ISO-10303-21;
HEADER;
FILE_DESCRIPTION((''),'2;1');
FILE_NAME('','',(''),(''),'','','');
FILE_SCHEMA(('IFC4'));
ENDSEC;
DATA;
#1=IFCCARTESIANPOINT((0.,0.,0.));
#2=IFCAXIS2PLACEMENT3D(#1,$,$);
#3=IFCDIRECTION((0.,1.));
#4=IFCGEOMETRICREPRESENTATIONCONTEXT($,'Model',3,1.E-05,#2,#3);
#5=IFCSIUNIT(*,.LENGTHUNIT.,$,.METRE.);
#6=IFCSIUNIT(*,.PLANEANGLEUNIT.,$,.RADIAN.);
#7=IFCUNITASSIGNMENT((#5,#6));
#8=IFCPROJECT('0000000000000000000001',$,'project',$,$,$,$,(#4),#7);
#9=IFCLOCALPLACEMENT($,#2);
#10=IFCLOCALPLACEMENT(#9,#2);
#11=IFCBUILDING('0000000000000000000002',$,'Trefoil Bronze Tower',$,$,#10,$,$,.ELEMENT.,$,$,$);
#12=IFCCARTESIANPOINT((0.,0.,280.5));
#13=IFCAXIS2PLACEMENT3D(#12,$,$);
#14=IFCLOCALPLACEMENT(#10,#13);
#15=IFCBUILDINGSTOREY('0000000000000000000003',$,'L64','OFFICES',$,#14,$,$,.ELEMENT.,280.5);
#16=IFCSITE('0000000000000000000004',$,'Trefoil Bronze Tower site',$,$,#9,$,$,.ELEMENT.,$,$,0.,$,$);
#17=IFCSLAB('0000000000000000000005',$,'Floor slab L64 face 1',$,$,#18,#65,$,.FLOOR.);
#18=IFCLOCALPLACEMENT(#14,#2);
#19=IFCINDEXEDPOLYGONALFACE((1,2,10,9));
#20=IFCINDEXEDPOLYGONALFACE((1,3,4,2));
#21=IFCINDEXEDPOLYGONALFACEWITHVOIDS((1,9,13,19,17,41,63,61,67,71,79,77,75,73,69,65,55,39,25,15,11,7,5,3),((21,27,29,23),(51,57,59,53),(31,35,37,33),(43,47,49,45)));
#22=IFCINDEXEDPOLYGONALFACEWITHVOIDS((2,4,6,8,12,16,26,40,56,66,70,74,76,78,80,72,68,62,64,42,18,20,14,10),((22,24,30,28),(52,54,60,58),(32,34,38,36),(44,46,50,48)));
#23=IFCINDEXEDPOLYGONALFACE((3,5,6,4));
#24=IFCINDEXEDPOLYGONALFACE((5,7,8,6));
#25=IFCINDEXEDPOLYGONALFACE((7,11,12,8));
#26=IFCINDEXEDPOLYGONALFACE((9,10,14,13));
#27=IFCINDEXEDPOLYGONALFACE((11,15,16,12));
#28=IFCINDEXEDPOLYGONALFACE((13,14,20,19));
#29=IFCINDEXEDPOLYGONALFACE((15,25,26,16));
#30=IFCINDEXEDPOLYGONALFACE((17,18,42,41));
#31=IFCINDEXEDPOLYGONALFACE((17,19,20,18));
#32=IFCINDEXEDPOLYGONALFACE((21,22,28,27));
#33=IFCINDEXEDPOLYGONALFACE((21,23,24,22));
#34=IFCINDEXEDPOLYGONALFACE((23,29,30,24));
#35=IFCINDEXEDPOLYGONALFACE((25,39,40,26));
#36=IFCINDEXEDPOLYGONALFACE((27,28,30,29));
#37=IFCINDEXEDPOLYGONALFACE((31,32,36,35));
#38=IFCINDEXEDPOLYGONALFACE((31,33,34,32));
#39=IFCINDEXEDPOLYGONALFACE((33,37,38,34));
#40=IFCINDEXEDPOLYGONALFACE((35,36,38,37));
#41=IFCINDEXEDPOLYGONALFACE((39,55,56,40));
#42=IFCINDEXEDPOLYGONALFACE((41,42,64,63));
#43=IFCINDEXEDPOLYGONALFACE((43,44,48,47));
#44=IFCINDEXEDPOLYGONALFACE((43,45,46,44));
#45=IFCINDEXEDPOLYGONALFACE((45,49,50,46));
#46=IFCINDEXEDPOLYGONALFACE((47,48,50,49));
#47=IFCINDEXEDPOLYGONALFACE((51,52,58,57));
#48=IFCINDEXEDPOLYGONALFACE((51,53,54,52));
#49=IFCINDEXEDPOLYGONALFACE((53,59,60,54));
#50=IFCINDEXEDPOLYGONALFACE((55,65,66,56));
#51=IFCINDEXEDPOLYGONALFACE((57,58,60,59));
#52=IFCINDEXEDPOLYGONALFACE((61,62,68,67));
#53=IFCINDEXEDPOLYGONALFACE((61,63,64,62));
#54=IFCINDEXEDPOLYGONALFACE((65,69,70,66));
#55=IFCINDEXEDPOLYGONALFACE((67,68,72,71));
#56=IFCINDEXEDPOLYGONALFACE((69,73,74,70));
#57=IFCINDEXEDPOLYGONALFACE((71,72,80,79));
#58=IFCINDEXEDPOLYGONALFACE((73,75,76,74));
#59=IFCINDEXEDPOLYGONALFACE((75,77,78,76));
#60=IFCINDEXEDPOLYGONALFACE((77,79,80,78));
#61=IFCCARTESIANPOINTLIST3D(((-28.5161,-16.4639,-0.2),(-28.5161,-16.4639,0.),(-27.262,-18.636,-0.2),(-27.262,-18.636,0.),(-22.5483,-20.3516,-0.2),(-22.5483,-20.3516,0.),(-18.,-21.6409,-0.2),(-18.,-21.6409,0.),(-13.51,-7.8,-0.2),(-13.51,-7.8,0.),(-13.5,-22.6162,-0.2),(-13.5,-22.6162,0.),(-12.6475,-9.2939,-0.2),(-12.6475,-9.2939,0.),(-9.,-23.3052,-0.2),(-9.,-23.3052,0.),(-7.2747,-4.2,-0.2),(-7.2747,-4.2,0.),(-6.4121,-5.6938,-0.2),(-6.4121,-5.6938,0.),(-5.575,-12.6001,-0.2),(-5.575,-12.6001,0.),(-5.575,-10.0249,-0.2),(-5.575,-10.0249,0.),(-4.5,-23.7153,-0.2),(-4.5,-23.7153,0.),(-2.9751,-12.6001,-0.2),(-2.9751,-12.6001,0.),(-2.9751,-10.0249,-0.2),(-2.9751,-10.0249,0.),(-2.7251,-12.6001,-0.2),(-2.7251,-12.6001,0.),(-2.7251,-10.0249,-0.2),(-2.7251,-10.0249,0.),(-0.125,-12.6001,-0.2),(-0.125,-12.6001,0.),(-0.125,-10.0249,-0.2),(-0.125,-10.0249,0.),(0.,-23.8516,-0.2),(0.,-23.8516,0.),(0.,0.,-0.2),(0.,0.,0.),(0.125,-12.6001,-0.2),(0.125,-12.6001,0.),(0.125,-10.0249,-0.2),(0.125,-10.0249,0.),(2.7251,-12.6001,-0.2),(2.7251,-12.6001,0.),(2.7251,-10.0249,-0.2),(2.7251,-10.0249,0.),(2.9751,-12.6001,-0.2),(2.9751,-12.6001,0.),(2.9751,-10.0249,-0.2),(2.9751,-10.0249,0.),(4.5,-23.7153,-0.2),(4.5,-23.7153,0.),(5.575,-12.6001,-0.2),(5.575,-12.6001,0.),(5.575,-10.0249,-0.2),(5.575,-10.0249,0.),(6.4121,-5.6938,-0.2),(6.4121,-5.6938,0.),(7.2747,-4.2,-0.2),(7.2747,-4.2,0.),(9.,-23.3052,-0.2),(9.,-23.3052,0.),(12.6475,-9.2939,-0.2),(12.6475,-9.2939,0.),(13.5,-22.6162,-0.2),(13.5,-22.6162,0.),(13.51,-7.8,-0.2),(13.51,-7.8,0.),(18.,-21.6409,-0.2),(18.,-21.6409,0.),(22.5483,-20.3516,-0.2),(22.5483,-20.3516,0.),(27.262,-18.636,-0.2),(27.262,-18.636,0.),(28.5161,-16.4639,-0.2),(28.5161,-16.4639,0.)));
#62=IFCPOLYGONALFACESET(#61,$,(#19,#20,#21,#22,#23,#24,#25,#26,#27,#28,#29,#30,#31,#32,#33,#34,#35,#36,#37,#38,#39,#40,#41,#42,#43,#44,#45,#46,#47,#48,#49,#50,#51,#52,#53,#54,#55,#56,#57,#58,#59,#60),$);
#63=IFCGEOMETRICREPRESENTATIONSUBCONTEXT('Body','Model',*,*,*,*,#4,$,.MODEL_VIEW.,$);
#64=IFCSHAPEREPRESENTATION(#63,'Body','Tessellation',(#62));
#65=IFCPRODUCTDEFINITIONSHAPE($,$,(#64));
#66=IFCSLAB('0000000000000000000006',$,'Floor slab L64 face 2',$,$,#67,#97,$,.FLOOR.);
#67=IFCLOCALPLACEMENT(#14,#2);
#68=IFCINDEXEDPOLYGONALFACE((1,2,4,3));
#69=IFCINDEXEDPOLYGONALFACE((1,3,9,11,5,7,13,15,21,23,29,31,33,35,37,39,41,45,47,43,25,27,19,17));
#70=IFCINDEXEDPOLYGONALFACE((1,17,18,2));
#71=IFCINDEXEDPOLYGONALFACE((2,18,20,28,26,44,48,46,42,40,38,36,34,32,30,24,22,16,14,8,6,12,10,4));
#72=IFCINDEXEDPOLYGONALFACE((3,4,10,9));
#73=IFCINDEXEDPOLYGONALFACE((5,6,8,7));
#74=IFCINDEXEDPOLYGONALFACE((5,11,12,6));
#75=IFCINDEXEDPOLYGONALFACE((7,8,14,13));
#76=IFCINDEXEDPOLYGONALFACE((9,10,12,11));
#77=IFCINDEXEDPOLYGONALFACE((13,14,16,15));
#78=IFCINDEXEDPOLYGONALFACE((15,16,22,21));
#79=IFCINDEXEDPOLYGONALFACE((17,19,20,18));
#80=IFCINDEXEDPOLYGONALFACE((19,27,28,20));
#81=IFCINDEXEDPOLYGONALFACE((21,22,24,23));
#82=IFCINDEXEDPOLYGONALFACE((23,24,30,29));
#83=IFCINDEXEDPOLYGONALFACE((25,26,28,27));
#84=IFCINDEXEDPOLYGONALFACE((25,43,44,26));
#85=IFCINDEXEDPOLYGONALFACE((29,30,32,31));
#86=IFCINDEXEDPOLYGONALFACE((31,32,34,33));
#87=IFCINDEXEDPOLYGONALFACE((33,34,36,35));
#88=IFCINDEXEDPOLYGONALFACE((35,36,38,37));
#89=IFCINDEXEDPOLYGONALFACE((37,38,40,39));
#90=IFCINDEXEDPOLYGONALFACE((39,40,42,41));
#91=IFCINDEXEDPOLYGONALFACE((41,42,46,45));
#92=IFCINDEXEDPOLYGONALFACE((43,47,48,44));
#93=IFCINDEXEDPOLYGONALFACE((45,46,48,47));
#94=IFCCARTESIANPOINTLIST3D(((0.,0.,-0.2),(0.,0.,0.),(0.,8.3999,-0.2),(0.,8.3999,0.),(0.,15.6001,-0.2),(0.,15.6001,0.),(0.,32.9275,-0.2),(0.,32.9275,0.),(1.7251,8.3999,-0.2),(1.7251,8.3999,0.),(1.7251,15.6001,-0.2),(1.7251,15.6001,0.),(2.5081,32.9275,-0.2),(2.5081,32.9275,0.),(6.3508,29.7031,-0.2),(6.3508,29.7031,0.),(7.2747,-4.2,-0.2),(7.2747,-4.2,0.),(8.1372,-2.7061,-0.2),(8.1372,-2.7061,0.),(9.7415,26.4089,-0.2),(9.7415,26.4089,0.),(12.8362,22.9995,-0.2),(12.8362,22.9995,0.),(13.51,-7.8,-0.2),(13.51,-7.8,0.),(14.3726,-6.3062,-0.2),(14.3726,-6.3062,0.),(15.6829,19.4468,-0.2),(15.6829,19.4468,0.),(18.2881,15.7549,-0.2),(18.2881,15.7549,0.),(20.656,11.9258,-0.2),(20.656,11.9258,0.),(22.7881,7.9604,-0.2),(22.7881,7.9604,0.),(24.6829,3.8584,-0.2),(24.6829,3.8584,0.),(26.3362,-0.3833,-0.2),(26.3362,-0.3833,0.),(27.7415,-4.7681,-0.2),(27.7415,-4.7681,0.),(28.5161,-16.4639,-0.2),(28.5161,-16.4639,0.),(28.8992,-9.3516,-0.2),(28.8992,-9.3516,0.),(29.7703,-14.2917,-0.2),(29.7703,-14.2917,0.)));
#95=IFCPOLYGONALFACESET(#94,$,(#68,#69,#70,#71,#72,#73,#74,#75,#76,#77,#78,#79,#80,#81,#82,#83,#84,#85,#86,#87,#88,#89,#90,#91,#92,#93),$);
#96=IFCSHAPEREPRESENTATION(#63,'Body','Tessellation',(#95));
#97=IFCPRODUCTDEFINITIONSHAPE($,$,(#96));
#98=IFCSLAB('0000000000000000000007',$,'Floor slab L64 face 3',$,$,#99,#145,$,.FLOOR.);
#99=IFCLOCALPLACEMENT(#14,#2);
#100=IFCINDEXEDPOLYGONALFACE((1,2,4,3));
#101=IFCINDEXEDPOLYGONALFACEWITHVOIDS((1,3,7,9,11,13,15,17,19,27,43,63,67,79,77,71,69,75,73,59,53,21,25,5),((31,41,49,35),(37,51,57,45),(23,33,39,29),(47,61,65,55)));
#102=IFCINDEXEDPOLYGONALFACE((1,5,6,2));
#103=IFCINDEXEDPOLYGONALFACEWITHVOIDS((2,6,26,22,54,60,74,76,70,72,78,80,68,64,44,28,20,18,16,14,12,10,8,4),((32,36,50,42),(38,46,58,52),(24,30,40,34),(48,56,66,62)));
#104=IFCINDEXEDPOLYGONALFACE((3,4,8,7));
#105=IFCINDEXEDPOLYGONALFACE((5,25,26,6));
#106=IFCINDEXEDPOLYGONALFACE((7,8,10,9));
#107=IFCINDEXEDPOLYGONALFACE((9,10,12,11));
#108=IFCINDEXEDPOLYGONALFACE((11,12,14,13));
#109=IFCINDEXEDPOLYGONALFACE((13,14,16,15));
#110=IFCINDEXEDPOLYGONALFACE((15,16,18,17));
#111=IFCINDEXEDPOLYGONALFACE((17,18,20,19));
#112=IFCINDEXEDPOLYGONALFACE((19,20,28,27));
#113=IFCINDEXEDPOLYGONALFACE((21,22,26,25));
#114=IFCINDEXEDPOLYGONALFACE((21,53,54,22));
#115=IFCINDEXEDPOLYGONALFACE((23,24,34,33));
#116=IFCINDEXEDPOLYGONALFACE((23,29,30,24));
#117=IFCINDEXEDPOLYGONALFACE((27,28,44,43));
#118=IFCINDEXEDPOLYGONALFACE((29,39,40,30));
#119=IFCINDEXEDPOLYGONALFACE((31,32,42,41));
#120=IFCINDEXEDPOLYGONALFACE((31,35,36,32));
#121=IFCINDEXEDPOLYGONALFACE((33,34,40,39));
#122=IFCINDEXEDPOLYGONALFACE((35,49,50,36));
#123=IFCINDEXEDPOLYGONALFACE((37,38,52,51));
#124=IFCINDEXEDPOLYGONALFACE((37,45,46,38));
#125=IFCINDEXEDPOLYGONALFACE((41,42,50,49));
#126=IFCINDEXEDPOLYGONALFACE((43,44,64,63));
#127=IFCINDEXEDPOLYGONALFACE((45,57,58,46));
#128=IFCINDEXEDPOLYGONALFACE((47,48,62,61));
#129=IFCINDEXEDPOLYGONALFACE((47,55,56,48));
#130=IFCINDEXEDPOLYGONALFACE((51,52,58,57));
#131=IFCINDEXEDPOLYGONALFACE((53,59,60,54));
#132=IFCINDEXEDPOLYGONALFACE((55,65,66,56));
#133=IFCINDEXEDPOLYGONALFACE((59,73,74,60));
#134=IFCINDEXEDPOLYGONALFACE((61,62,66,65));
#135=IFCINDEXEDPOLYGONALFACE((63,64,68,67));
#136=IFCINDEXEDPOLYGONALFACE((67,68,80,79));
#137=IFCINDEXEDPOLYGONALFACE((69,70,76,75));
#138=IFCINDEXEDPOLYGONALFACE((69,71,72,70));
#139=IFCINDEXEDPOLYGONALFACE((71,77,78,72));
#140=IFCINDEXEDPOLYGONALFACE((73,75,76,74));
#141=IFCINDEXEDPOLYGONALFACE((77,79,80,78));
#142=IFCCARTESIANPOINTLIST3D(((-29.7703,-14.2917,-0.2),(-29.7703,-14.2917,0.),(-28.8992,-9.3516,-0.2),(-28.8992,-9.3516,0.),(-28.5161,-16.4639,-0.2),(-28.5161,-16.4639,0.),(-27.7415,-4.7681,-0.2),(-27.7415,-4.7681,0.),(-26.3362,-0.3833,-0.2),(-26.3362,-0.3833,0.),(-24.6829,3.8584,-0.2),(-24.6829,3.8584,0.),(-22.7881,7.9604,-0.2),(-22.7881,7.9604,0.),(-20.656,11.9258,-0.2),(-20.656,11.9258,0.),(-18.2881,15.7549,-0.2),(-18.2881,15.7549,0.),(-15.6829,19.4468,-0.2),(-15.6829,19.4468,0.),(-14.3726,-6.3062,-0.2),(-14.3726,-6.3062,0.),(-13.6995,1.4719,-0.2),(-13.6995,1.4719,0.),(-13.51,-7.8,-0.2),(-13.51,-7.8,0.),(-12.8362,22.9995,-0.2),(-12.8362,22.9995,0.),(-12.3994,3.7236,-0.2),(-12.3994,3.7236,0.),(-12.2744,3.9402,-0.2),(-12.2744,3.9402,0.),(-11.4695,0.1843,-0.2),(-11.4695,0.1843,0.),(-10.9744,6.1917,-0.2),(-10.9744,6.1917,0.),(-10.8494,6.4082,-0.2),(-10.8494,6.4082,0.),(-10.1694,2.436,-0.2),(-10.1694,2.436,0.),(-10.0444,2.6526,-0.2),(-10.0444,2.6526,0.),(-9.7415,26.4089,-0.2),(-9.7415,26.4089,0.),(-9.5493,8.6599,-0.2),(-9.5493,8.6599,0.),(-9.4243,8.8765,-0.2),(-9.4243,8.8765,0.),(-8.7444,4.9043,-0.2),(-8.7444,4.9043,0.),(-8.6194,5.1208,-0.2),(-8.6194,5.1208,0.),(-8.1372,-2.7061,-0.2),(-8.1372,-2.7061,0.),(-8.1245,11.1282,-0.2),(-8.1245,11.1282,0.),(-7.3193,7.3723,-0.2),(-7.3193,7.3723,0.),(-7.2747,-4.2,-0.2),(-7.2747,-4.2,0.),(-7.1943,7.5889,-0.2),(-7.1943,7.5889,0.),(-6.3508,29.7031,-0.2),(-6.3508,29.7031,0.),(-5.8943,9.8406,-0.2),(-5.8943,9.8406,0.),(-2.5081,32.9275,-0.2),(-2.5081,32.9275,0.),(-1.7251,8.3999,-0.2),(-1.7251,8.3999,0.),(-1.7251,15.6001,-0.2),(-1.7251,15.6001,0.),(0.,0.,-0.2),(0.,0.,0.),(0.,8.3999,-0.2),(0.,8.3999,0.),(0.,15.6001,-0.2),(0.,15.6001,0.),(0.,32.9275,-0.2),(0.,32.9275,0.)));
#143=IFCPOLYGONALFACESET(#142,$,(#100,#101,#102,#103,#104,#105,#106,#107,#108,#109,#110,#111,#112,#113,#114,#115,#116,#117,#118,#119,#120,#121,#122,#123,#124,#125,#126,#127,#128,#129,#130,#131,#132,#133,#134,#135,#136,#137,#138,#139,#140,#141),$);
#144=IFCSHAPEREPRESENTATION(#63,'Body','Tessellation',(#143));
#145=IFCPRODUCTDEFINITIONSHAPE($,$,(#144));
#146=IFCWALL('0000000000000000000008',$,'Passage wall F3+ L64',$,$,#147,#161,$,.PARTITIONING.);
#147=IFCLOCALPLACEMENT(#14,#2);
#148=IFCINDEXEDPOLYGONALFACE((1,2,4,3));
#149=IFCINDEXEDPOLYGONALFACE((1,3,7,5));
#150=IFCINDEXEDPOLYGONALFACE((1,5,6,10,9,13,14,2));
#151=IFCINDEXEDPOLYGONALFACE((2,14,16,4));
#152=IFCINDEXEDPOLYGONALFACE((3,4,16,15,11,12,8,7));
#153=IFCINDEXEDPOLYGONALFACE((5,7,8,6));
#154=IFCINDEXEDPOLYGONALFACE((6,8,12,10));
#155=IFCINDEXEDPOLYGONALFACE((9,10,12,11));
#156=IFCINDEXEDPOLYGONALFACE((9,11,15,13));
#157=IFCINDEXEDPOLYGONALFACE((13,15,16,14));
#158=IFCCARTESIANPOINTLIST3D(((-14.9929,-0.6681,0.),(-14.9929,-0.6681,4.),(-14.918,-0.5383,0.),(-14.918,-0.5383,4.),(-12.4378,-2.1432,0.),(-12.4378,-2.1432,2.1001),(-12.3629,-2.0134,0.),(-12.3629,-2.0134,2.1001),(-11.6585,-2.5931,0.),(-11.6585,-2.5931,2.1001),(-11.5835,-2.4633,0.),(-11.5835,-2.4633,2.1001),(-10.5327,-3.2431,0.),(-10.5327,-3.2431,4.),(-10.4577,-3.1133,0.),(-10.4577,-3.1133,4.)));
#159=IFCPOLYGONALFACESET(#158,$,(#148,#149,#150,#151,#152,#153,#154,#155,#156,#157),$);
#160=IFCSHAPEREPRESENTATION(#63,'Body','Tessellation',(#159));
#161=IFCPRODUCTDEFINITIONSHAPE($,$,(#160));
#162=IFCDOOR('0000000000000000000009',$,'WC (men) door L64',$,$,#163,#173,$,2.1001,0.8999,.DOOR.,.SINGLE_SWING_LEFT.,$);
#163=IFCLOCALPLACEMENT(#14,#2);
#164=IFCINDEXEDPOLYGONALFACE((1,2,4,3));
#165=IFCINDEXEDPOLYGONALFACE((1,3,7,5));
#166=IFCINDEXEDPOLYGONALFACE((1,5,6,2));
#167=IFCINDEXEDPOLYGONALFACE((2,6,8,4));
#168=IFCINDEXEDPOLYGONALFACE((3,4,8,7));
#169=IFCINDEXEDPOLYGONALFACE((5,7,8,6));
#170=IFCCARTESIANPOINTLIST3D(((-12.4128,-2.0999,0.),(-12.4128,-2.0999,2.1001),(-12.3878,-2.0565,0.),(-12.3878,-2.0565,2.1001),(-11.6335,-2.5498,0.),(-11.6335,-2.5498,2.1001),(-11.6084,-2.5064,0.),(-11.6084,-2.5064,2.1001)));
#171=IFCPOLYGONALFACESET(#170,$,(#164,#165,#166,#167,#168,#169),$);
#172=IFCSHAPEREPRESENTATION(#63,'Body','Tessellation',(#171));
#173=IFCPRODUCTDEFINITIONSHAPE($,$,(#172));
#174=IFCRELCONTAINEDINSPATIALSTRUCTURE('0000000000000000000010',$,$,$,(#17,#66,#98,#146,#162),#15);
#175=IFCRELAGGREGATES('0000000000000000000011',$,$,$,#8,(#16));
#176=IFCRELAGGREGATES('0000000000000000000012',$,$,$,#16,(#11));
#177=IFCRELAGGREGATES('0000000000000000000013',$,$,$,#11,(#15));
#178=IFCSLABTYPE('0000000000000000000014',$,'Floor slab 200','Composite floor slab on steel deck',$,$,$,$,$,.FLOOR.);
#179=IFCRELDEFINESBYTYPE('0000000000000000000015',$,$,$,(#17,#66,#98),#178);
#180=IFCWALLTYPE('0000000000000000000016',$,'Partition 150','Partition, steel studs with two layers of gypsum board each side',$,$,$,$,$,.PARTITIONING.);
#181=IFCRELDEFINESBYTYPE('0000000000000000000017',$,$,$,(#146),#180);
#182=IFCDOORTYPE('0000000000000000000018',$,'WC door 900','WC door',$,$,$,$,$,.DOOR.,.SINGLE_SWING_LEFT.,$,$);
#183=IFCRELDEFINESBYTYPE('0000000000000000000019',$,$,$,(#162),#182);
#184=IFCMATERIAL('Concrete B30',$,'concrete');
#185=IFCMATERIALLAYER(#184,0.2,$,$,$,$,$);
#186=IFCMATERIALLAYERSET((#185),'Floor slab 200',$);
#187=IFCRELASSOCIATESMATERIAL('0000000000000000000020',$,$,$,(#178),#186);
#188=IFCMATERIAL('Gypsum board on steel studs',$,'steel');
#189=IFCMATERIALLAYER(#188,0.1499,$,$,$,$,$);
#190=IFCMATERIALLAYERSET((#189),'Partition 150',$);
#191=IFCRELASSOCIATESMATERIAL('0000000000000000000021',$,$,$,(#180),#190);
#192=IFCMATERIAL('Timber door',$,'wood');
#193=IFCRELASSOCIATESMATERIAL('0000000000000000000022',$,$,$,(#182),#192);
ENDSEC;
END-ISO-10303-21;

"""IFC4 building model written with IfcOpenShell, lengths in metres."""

from ifc_helpers import new_model, si_unit, direction, frame, frame_2d, origin, place, context, subcontext, project, spatial, polyline, rectangle, outline, extrude, material, layer, layer_set, type_object, element, fill, save


model = new_model("IFC4")

# Units and contexts
model_context = context("Model", 3, precision=1e-05, world=origin(), true_north=direction((0.0, 1.0)))
body_context = subcontext(model_context, "Body", "Model", "MODEL_VIEW")
ifc_project = project(units=[si_unit("LENGTHUNIT", "METRE"), si_unit("PLANEANGLEUNIT", "RADIAN")], contexts=[model_context])

# Site, building, storey
site_placement = place(None, origin())
site = spatial("IfcSite", under=ifc_project, at=site_placement, Name="Trefoil Bronze Tower site", CompositionType="ELEMENT", RefElevation=0.0)
building_placement = place(site_placement, origin())
building = spatial("IfcBuilding", under=site, at=building_placement, Name="Trefoil Bronze Tower", CompositionType="ELEMENT")
storey_placement = place(building_placement, frame((0.0, 0.0, 280.5)))
storey = spatial("IfcBuildingStorey", under=building, at=storey_placement, Name="L64", Description="OFFICES", CompositionType="ELEMENT", Elevation=280.5)

# Slabs
ifc_material_1 = material(Name="Concrete B30", Category="concrete")
ifc_layer_1 = layer(ifc_material_1, 0.2)
ifc_layer_set_1 = layer_set([ifc_layer_1], Name="Floor slab 200")
slab_type = type_object("IfcSlabType", Name="Floor slab 200", Description="Composite floor slab on steel deck", PredefinedType="FLOOR", material=ifc_layer_set_1)
slab_1_placement = place(storey_placement, frame((0.0, 0.0, -0.2)))
element("IfcSlab", 1, at=slab_1_placement, inside=storey, type_object=slab_type, Name="Floor slab L64 face 1", PredefinedType="FLOOR", context=body_context, shape_type="SweptSolid", body=[
    extrude(outline(polyline([(13.5, -22.6162), (9.0, -23.3052), (4.5, -23.7153), (0.0, -23.8516), (-4.5, -23.7153), (-9.0, -23.3052), (-13.5, -22.6162), (-18.0, -21.6409), (-22.5483, -20.3516), (-27.262, -18.636), (-28.5161, -16.4639), (-13.51, -7.8), (-12.6475, -9.2939), (-6.4121, -5.6938), (-7.2747, -4.2), (0.0, 0.0), (7.2747, -4.2), (6.4121, -5.6938), (12.6475, -9.2939), (13.51, -7.8), (28.5161, -16.4639), (27.262, -18.636), (22.5483, -20.3516), (18.0, -21.6409), (13.5, -22.6162)]), holes=[polyline([(-5.575, -10.0249), (-2.9751, -10.0249), (-2.9751, -12.6001), (-5.575, -12.6001), (-5.575, -10.0249)]), polyline([(-2.7251, -10.0249), (-0.125, -10.0249), (-0.125, -12.6001), (-2.7251, -12.6001), (-2.7251, -10.0249)]), polyline([(0.125, -10.0249), (2.7251, -10.0249), (2.7251, -12.6001), (0.125, -12.6001), (0.125, -10.0249)]), polyline([(2.9751, -10.0249), (5.575, -10.0249), (5.575, -12.6001), (2.9751, -12.6001), (2.9751, -10.0249)])]), origin(), (0.0, 0.0, 1.0), 0.2),
])
slab_2_placement = place(storey_placement, frame((0.0, 0.0, -0.2)))
element("IfcSlab", 2, at=slab_2_placement, inside=storey, type_object=slab_type, Name="Floor slab L64 face 2", PredefinedType="FLOOR", context=body_context, shape_type="SweptSolid", body=[
    extrude(outline(polyline([(12.8362, 22.9995), (15.6829, 19.4468), (18.2881, 15.7549), (20.656, 11.9258), (22.7881, 7.9604), (24.6829, 3.8584), (26.3362, -0.3833), (27.7415, -4.7681), (28.8992, -9.3516), (29.7703, -14.2917), (28.5161, -16.4639), (13.51, -7.8), (14.3726, -6.3062), (8.1372, -2.7061), (7.2747, -4.2), (0.0, 0.0), (0.0, 8.3999), (1.7251, 8.3999), (1.7251, 15.6001), (0.0, 15.6001), (0.0, 32.9275), (2.5081, 32.9275), (6.3508, 29.7031), (9.7415, 26.4089), (12.8362, 22.9995)])), origin(), (0.0, 0.0, 1.0), 0.2),
])
slab_3_placement = place(storey_placement, frame((0.0, 0.0, -0.2)))
element("IfcSlab", 3, at=slab_3_placement, inside=storey, type_object=slab_type, Name="Floor slab L64 face 3", PredefinedType="FLOOR", context=body_context, shape_type="SweptSolid", body=[
    extrude(outline(polyline([(-26.3362, -0.3833), (-24.6829, 3.8584), (-22.7881, 7.9604), (-20.656, 11.9258), (-18.2881, 15.7549), (-15.6829, 19.4468), (-12.8362, 22.9995), (-9.7415, 26.4089), (-6.3508, 29.7031), (-2.5081, 32.9275), (0.0, 32.9275), (0.0, 15.6001), (-1.7251, 15.6001), (-1.7251, 8.3999), (0.0, 8.3999), (0.0, 0.0), (-7.2747, -4.2), (-8.1372, -2.7061), (-14.3726, -6.3062), (-13.51, -7.8), (-28.5161, -16.4639), (-29.7703, -14.2917), (-28.8992, -9.3516), (-27.7415, -4.7681), (-26.3362, -0.3833)]), holes=[polyline([(-5.8943, 9.8406), (-7.1943, 7.5889), (-9.4243, 8.8765), (-8.1245, 11.1282), (-5.8943, 9.8406)]), polyline([(-7.3193, 7.3723), (-8.6194, 5.1208), (-10.8494, 6.4082), (-9.5493, 8.6599), (-7.3193, 7.3723)]), polyline([(-8.7444, 4.9043), (-10.0444, 2.6526), (-12.2744, 3.9402), (-10.9744, 6.1917), (-8.7444, 4.9043)]), polyline([(-10.1694, 2.436), (-11.4695, 0.1843), (-13.6995, 1.4719), (-12.3994, 3.7236), (-10.1694, 2.436)])]), origin(), (0.0, 0.0, 1.0), 0.2),
])

# Wall, opening, door
ifc_material_2 = material(Name="Gypsum board on steel studs", Category="steel")
ifc_layer_2 = layer(ifc_material_2, 0.1499)
ifc_layer_set_2 = layer_set([ifc_layer_2], Name="Partition 150")
wall_type_1 = type_object("IfcWallType", Name="Partition 150", Description="Partition, steel studs with two layers of gypsum board each side", PredefinedType="PARTITIONING", material=ifc_layer_set_2)
wall_1_placement = place(storey_placement, frame((-10.4951, -3.1782, 0.0), z_axis=(0.0, 0.0, 1.0), x_axis=(-0.866038, 0.499978, 0.0)))
wall_1 = element("IfcWall", 4, at=wall_1_placement, inside=storey, type_object=wall_type_1, Name="Passage wall F3+ L64", PredefinedType="PARTITIONING", context=body_context, shape_type="SweptSolid", body=[
    extrude(rectangle(XDim=5.1501, YDim=0.1499, at=frame_2d((2.5752, 0.0))), origin(), (0.0, 0.0, 1.0), 4.0),
])
opening_1_placement = place(wall_1_placement, frame((1.3, 0.0, 0.0)))
opening_1 = element("IfcOpeningElement", 5, at=opening_1_placement, cuts=wall_1, PredefinedType="OPENING", context=body_context, shape_type="SweptSolid", body=[
    extrude(rectangle(XDim=0.8999, YDim=2.1001, at=frame_2d((0.45, 1.05))), frame((0.0, 0.085, 0.0), z_axis=(0.0, -1.0, 0.0), x_axis=(1.0, 0.0, 0.0)), (0.0, 0.0, 1.0), 0.1699),
])
ifc_material_3 = material(Name="Timber door", Category="wood")
door_type_1 = type_object("IfcDoorType", Name="WC door 900", Description="WC door", OperationType="SINGLE_SWING_LEFT", PredefinedType="DOOR", material=ifc_material_3)
door_1_placement = place(opening_1_placement, origin())
door_1 = element("IfcDoor", 6, at=door_1_placement, inside=storey, type_object=door_type_1, Name="WC (men) door L64", OperationType="SINGLE_SWING_LEFT", OverallHeight=2.1001, OverallWidth=0.8999, PredefinedType="DOOR", context=body_context, shape_type="SweptSolid", body=[
    extrude(rectangle(XDim=0.8999, YDim=2.1001, at=frame_2d((0.45, 1.05))), frame((0.0, 0.0249, 0.0), z_axis=(0.0, -1.0, 0.0), x_axis=(1.0, 0.0, 0.0)), (0.0, 0.0, 1.0), 0.05),
])
fill(opening_1, door_1)

save(model, "model.ifc")
